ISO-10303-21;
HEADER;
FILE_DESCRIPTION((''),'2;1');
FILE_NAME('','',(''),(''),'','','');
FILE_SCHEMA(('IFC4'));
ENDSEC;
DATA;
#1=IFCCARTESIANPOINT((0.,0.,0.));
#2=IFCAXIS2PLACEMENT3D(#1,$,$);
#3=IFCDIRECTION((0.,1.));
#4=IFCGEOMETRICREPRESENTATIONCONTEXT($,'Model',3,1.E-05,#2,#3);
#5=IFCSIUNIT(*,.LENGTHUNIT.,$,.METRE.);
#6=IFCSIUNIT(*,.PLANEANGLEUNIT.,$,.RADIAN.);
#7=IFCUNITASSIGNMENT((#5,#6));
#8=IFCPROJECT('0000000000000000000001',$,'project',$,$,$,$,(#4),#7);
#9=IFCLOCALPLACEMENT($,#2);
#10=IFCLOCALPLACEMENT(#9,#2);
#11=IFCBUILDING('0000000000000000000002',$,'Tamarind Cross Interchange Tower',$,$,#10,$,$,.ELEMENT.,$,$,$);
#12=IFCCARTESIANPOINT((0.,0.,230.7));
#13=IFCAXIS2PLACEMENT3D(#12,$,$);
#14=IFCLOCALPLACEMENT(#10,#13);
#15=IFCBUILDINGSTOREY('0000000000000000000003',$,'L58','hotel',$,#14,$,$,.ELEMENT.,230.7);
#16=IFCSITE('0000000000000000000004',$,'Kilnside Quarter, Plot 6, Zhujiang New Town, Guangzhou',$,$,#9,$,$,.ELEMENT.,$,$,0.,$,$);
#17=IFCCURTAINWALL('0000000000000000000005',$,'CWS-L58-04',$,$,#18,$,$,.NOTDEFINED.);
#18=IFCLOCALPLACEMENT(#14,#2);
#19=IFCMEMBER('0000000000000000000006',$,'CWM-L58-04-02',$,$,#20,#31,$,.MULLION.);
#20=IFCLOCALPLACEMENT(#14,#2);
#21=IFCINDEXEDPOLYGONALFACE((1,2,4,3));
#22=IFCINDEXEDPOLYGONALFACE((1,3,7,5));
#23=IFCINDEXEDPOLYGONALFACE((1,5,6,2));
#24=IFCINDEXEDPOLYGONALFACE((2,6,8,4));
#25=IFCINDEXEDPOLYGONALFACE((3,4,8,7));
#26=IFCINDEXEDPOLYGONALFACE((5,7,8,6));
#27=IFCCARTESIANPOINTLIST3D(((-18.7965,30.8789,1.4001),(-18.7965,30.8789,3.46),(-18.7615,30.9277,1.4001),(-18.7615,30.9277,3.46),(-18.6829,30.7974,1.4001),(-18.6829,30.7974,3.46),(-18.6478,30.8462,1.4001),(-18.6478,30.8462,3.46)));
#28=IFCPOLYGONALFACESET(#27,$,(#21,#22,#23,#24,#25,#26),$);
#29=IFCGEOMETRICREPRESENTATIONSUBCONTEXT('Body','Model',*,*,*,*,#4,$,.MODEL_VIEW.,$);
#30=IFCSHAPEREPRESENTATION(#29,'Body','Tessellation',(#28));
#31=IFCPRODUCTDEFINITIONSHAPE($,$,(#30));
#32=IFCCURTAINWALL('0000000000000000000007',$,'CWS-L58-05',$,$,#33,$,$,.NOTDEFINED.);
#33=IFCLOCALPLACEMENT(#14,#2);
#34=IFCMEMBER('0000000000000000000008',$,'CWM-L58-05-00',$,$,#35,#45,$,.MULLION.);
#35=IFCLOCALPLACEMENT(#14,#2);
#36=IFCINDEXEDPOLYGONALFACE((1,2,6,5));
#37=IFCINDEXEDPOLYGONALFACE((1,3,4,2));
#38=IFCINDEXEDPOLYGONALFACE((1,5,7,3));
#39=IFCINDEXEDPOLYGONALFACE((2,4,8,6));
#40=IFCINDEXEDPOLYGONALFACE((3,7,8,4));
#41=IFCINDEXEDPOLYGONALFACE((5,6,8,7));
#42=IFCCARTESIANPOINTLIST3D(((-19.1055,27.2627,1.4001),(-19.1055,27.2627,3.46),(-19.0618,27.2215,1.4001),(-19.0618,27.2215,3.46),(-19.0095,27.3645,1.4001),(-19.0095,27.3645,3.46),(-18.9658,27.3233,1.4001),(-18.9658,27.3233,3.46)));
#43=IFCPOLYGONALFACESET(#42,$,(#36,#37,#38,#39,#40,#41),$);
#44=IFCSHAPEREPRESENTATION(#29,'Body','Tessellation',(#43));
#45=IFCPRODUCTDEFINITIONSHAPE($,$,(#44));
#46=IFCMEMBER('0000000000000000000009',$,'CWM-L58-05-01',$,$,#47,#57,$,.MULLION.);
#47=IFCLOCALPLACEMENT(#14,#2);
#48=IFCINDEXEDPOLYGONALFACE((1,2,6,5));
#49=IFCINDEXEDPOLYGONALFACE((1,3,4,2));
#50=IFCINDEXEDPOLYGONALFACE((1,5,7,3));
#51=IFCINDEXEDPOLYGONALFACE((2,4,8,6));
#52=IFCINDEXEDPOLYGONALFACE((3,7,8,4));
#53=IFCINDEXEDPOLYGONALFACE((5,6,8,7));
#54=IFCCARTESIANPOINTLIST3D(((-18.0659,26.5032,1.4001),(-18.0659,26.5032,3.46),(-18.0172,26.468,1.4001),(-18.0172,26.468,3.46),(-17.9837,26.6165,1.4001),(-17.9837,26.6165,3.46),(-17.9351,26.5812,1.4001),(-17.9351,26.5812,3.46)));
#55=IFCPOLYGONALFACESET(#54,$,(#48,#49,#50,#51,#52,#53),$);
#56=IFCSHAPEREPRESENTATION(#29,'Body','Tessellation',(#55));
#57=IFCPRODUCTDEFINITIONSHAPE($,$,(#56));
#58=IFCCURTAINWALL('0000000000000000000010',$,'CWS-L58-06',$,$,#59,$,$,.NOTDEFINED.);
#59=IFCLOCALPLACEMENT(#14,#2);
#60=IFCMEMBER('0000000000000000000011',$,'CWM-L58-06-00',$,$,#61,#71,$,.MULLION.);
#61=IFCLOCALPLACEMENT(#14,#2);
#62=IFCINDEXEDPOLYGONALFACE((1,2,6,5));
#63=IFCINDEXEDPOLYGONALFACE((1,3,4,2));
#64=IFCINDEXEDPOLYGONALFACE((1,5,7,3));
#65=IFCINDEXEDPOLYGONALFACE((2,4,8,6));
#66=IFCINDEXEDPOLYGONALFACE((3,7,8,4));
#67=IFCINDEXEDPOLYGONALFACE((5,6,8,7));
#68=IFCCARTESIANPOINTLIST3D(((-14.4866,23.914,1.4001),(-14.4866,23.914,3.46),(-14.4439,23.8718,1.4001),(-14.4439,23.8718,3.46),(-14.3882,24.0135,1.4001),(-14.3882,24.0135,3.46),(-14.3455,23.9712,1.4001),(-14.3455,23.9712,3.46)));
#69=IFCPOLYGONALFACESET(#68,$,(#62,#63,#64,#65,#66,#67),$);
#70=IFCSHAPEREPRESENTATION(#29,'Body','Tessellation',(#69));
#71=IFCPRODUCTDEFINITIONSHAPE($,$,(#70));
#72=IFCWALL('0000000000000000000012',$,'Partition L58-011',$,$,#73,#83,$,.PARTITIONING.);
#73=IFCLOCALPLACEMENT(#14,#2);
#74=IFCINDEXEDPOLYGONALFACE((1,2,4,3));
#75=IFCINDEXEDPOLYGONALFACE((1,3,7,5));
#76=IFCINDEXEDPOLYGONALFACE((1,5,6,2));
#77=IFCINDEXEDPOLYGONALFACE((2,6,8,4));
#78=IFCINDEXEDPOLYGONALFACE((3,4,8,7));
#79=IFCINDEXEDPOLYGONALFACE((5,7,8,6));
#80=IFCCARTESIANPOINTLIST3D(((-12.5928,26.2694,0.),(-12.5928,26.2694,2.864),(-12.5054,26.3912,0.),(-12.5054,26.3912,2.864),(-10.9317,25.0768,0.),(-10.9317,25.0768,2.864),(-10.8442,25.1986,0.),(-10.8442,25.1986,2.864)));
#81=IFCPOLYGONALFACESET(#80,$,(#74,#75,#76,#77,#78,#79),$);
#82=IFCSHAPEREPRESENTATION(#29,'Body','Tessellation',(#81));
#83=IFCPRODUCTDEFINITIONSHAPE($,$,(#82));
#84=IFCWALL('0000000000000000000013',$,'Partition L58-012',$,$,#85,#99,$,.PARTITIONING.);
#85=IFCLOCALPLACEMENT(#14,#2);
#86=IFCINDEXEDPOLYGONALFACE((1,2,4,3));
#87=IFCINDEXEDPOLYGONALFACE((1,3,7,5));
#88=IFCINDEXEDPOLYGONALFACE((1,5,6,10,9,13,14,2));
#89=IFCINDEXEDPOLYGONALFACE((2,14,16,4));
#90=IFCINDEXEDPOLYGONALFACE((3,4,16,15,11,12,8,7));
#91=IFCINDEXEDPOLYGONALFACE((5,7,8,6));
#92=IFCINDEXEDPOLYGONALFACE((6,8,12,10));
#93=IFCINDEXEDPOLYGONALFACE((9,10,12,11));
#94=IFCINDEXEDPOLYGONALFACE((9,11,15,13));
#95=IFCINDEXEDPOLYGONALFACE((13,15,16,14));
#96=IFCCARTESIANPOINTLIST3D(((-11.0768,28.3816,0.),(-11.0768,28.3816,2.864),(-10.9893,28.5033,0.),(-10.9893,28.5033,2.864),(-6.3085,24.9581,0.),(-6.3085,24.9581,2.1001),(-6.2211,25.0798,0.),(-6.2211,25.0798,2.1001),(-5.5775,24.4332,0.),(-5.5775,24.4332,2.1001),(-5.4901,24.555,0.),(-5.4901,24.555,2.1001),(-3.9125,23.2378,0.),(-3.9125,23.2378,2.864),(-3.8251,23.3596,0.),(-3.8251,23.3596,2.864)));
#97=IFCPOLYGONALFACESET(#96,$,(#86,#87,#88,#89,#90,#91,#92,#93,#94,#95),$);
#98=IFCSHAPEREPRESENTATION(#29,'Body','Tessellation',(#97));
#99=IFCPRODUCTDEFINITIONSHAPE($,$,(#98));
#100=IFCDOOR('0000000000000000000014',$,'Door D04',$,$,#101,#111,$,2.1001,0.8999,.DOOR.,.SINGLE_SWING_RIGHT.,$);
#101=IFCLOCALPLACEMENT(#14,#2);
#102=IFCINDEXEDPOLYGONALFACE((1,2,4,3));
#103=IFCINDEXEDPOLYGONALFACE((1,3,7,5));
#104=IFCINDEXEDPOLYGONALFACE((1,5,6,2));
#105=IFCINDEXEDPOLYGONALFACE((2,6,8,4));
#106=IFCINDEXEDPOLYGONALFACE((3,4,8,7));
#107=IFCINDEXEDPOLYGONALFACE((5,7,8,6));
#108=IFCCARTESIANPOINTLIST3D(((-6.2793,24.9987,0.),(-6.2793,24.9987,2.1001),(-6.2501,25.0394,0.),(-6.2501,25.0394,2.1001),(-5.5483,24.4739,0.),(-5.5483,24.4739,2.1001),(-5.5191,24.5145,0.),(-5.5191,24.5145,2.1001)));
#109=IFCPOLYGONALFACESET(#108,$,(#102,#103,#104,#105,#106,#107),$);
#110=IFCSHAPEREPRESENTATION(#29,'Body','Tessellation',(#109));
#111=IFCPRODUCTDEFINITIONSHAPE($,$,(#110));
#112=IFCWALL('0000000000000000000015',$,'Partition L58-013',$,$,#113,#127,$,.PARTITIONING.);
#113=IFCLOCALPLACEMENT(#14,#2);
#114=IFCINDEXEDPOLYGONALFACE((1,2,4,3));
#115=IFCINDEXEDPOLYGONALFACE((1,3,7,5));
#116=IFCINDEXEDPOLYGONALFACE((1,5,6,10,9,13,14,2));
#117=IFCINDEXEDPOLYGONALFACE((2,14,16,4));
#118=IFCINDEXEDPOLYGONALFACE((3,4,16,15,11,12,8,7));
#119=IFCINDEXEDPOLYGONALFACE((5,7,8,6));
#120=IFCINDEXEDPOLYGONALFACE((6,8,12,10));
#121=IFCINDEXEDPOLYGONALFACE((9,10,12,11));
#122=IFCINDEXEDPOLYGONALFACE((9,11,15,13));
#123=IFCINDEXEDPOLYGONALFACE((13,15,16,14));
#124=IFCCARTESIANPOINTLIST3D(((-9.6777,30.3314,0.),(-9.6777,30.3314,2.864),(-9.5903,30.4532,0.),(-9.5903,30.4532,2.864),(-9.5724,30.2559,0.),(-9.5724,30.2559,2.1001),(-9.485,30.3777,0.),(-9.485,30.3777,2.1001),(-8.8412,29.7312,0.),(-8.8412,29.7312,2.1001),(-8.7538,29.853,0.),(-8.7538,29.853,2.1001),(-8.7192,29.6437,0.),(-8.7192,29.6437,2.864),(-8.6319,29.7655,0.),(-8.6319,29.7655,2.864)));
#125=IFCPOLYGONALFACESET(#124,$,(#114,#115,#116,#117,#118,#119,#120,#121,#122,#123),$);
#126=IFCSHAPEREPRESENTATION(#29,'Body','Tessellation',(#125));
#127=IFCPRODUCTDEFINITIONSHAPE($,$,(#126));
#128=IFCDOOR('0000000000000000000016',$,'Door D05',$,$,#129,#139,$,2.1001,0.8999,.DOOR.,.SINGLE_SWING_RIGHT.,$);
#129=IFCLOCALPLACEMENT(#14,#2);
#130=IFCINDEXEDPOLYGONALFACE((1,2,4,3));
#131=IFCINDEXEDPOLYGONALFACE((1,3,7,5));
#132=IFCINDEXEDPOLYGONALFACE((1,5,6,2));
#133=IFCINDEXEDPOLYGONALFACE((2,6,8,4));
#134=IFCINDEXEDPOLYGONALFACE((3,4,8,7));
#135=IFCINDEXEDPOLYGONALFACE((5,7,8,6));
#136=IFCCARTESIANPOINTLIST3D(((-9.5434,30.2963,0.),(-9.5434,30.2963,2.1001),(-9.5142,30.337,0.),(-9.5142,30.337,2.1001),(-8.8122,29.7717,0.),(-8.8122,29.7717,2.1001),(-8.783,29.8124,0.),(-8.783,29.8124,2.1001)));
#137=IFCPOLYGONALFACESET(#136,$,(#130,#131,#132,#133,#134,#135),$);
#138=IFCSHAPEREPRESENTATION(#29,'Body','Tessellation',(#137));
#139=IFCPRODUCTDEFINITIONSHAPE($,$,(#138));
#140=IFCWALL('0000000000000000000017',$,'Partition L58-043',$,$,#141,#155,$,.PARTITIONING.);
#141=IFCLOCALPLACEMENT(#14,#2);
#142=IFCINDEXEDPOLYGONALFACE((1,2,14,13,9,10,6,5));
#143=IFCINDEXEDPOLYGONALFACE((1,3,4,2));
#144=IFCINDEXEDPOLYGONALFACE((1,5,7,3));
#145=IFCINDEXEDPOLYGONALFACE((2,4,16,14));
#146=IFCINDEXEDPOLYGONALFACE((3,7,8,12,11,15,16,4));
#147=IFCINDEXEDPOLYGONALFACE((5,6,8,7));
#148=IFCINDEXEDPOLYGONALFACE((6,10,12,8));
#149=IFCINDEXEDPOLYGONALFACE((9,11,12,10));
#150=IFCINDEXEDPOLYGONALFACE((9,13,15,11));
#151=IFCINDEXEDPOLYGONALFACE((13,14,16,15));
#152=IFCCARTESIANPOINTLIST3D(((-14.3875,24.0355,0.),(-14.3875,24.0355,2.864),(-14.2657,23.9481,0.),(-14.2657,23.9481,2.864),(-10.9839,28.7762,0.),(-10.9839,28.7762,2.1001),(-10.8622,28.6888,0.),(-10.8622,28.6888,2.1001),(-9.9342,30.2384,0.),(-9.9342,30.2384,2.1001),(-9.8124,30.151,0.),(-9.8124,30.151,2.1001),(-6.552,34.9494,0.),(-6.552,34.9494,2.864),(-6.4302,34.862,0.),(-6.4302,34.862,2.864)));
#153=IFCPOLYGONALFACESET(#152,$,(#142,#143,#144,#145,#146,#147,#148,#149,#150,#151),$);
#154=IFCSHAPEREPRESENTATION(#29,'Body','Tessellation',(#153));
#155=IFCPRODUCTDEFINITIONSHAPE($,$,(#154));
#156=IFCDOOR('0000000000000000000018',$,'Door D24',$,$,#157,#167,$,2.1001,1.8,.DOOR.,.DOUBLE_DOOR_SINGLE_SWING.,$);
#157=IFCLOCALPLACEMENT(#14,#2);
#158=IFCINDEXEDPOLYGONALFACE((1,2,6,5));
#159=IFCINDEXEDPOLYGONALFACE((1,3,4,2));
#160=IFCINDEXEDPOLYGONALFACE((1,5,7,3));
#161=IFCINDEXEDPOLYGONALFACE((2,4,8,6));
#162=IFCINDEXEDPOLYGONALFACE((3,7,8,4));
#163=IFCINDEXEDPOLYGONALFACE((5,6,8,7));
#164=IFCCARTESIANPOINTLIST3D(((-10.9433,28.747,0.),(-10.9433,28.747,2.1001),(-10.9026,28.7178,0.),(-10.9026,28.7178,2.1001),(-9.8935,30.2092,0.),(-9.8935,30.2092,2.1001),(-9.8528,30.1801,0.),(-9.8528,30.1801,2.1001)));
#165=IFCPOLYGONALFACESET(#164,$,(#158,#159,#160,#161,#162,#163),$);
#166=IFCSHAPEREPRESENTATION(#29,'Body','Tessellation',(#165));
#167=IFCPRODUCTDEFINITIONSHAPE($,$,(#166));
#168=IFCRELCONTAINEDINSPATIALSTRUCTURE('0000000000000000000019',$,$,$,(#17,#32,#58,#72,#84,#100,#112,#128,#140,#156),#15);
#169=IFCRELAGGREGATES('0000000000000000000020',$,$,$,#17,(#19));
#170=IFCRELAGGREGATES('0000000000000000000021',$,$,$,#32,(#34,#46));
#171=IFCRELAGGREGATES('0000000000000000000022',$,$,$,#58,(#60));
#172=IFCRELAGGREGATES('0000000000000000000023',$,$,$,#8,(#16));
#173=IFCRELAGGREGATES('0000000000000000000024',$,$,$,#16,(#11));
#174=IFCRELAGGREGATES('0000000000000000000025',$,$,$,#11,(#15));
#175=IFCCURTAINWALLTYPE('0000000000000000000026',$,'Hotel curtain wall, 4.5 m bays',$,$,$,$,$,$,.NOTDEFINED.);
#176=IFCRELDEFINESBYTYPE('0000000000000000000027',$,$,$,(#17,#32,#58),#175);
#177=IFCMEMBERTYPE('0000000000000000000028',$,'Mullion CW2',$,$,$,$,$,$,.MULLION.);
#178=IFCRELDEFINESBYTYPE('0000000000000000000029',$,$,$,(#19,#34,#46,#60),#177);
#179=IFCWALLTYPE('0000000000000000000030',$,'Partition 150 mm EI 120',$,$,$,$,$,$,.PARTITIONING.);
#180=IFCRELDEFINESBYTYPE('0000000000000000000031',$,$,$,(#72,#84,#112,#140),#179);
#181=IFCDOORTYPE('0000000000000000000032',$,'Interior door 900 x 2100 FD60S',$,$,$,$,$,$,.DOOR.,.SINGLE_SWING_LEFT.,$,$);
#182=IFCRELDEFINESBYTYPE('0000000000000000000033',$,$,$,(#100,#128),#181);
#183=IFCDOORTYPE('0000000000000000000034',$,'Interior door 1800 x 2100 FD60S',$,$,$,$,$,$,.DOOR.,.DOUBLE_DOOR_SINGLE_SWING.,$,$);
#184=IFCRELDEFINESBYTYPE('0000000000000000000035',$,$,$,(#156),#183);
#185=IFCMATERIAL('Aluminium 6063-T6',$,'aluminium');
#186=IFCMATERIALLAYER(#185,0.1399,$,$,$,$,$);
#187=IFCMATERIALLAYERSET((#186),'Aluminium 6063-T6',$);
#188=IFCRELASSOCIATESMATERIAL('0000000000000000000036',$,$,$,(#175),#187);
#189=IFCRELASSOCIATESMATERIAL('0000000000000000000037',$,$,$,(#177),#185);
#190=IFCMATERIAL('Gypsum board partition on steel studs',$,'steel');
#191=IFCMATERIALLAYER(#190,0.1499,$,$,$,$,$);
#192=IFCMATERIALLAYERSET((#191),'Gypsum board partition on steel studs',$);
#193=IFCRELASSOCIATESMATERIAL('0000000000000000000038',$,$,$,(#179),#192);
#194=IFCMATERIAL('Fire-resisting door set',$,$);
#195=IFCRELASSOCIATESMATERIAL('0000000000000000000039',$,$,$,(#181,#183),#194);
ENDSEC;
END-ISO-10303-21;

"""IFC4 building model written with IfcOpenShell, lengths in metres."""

from ifc_helpers import new_model, si_unit, direction, frame, frame_2d, origin, origin_2d, place, context, subcontext, project, spatial, rectangle, extrude, material, layer, layer_set, material_profile, profile_set, type_object, element, fill, aggregate, save


model = new_model("IFC4")

# Units and contexts
model_context = context("Model", 3, precision=1e-05, world=origin(), true_north=direction((0.0, 1.0)))
body_context = subcontext(model_context, "Body", "Model", "MODEL_VIEW")
ifc_project = project(units=[si_unit("LENGTHUNIT", "METRE"), si_unit("PLANEANGLEUNIT", "RADIAN")], contexts=[model_context])

# Site, building, storey
site_placement = place(None, origin())
site = spatial("IfcSite", under=ifc_project, at=site_placement, Name="Kilnside Quarter, Plot 6, Zhujiang New Town, Guangzhou", CompositionType="ELEMENT", RefElevation=0.0)
building_placement = place(site_placement, origin())
building = spatial("IfcBuilding", under=site, at=building_placement, Name="Tamarind Cross Interchange Tower", CompositionType="ELEMENT")
storey_placement = place(building_placement, frame((0.0, 0.0, 230.7)))
storey = spatial("IfcBuildingStorey", under=building, at=storey_placement, Name="L58", Description="hotel", CompositionType="ELEMENT", Elevation=230.7)

# Curtain walls, members
ifc_material_1 = material(Name="Aluminium 6063-T6", Category="aluminium")
ifc_layer_1 = layer(ifc_material_1, 0.1399)
ifc_layer_set_1 = layer_set([ifc_layer_1], Name="Aluminium 6063-T6")
curtain_wall_type = type_object("IfcCurtainWallType", Name="Hotel curtain wall, 4.5 m bays", PredefinedType="NOTDEFINED", material=ifc_layer_set_1)
ifc_material_profile_1 = material_profile(ifc_material_1, rectangle(XDim=0.0601, YDim=0.1399, at=origin_2d()), Name="Mullion CW2")
ifc_profile_set_1 = profile_set([ifc_material_profile_1], Name="Aluminium 6063-T6")
member_type = type_object("IfcMemberType", Name="Mullion CW2", PredefinedType="MULLION", material=ifc_profile_set_1)
curtain_wall_1_placement = place(storey_placement, origin())
curtain_wall_1 = element("IfcCurtainWall", 1, at=curtain_wall_1_placement, inside=storey, type_object=curtain_wall_type, Name="CWS-L58-04", PredefinedType="NOTDEFINED")
member_1_placement = place(storey_placement, frame((-18.7222, 30.8625, 1.4001), z_axis=(0.0, 0.0, 1.0), x_axis=(-0.583122, -0.812385, 0.0)))
member_1 = element("IfcMember", 2, at=member_1_placement, type_object=member_type, Name="CWM-L58-04-02", PredefinedType="MULLION", context=body_context, shape_type="SweptSolid", body=[
    extrude(rectangle(XDim=0.0601, YDim=0.1399, at=origin_2d()), origin(), (0.0, 0.0, 1.0), 2.0598),
])
aggregate(curtain_wall_1, [member_1])
curtain_wall_2_placement = place(storey_placement, origin())
curtain_wall_2 = element("IfcCurtainWall", 3, at=curtain_wall_2_placement, inside=storey, type_object=curtain_wall_type, Name="CWS-L58-05", PredefinedType="NOTDEFINED")
member_2_placement = place(storey_placement, frame((-19.0356, 27.293, 1.4001), z_axis=(0.0, 0.0, 1.0), x_axis=(0.727644, -0.685955, 0.0)))
member_2 = element("IfcMember", 4, at=member_2_placement, type_object=member_type, Name="CWM-L58-05-00", PredefinedType="MULLION", context=body_context, shape_type="SweptSolid", body=[
    extrude(rectangle(XDim=0.0601, YDim=0.1399, at=origin_2d()), origin(), (0.0, 0.0, 1.0), 2.0598),
])
member_3_placement = place(storey_placement, frame((-18.0005, 26.5422, 1.4001), z_axis=(0.0, 0.0, 1.0), x_axis=(0.809517, -0.587096, 0.0)))
member_3 = element("IfcMember", 5, at=member_3_placement, type_object=member_type, Name="CWM-L58-05-01", PredefinedType="MULLION", context=body_context, shape_type="SweptSolid", body=[
    extrude(rectangle(XDim=0.0601, YDim=0.1399, at=origin_2d()), origin(), (0.0, 0.0, 1.0), 2.0598),
])
aggregate(curtain_wall_2, [member_2, member_3])

# Curtain wall, member
curtain_wall_3_placement = place(storey_placement, origin())
curtain_wall_3 = element("IfcCurtainWall", 6, at=curtain_wall_3_placement, inside=storey, type_object=curtain_wall_type, Name="CWS-L58-06", PredefinedType="NOTDEFINED")
member_4_placement = place(storey_placement, frame((-14.416, 23.9426, 1.4001), z_axis=(0.0, 0.0, 1.0), x_axis=(0.711, -0.703192, 0.0)))
member_4 = element("IfcMember", 7, at=member_4_placement, type_object=member_type, Name="CWM-L58-06-00", PredefinedType="MULLION", context=body_context, shape_type="SweptSolid", body=[
    extrude(rectangle(XDim=0.0601, YDim=0.1399, at=origin_2d()), origin(), (0.0, 0.0, 1.0), 2.0598),
])
aggregate(curtain_wall_3, [member_4])

# Wall
ifc_material_2 = material(Name="Gypsum board partition on steel studs", Category="steel")
ifc_layer_2 = layer(ifc_material_2, 0.1499)
ifc_layer_set_2 = layer_set([ifc_layer_2], Name="Gypsum board partition on steel studs")
wall_type = type_object("IfcWallType", Name="Partition 150 mm EI 120", PredefinedType="PARTITIONING", material=ifc_layer_set_2)
wall_1_placement = place(storey_placement, frame((-12.5491, 26.3303, 0.0), z_axis=(0.0, 0.0, 1.0), x_axis=(0.812319, -0.583213, 0.0)))
element("IfcWall", 8, at=wall_1_placement, inside=storey, type_object=wall_type, Name="Partition L58-011", PredefinedType="PARTITIONING", context=body_context, shape_type="SweptSolid", body=[
    extrude(rectangle(XDim=2.0449, YDim=0.1499, at=frame_2d((1.0225, 0.0))), origin(), (0.0, 0.0, 1.0), 2.864),
])

# Walls, openings, doors
wall_2_placement = place(storey_placement, frame((-11.033, 28.4424, 0.0), z_axis=(0.0, 0.0, 1.0), x_axis=(0.812313, -0.583221, 0.0)))
wall_2 = element("IfcWall", 9, at=wall_2_placement, inside=storey, type_object=wall_type, Name="Partition L58-012", PredefinedType="PARTITIONING", context=body_context, shape_type="SweptSolid", body=[
    extrude(rectangle(XDim=8.8196, YDim=0.1499, at=frame_2d((4.4097, 0.0))), origin(), (0.0, 0.0, 1.0), 2.864),
])
opening_1_placement = place(wall_2_placement, frame((5.8699, 0.0, 0.0)))
opening_1 = element("IfcOpeningElement", 10, at=opening_1_placement, cuts=wall_2, PredefinedType="OPENING", context=body_context, shape_type="SweptSolid", body=[
    extrude(rectangle(XDim=0.8999, YDim=2.1001, at=frame_2d((0.45, 1.05))), frame((0.0, 0.085, 0.0), z_axis=(0.0, -1.0, 0.0), x_axis=(1.0, 0.0, 0.0)), (0.0, 0.0, 1.0), 0.1699),
])
ifc_material_3 = material(Name="Fire-resisting door set")
door_type_1 = type_object("IfcDoorType", Name="Interior door 900 x 2100 FD60S", OperationType="SINGLE_SWING_LEFT", PredefinedType="DOOR", material=ifc_material_3)
door_1_placement = place(opening_1_placement, frame((0.8999, 0.0, 0.0), z_axis=(0.0, 0.0, 1.0), x_axis=(-1.0, 0.0, 0.0)))
door_1 = element("IfcDoor", 11, at=door_1_placement, inside=storey, type_object=door_type_1, Name="Door D04", OperationType="SINGLE_SWING_RIGHT", OverallHeight=2.1001, OverallWidth=0.8999, PredefinedType="DOOR", context=body_context, shape_type="SweptSolid", body=[
    extrude(rectangle(XDim=0.8999, YDim=2.1001, at=frame_2d((0.45, 1.05))), frame((0.0, 0.0249, 0.0), z_axis=(0.0, -1.0, 0.0), x_axis=(1.0, 0.0, 0.0)), (0.0, 0.0, 1.0), 0.05),
])
fill(opening_1, door_1)
wall_3_placement = place(storey_placement, frame((-9.634, 30.3923, 0.0), z_axis=(0.0, 0.0, 1.0), x_axis=(0.812487, -0.582979, 0.0)))
wall_3 = element("IfcWall", 12, at=wall_3_placement, inside=storey, type_object=wall_type, Name="Partition L58-013", PredefinedType="PARTITIONING", context=body_context, shape_type="SweptSolid", body=[
    extrude(rectangle(XDim=1.1797, YDim=0.1499, at=frame_2d((0.5898, 0.0))), origin(), (0.0, 0.0, 1.0), 2.864),
])
opening_2_placement = place(wall_3_placement, frame((0.1296, 0.0, 0.0)))
opening_2 = element("IfcOpeningElement", 13, at=opening_2_placement, cuts=wall_3, PredefinedType="OPENING", context=body_context, shape_type="SweptSolid", body=[
    extrude(rectangle(XDim=0.8999, YDim=2.1001, at=frame_2d((0.45, 1.05))), frame((0.0, 0.085, 0.0), z_axis=(0.0, -1.0, 0.0), x_axis=(1.0, 0.0, 0.0)), (0.0, 0.0, 1.0), 0.1699),
])
door_2_placement = place(opening_2_placement, origin())
door_2 = element("IfcDoor", 14, at=door_2_placement, inside=storey, type_object=door_type_1, Name="Door D05", OperationType="SINGLE_SWING_RIGHT", OverallHeight=2.1001, OverallWidth=0.8999, PredefinedType="DOOR", context=body_context, shape_type="SweptSolid", body=[
    extrude(rectangle(XDim=0.8999, YDim=2.1001, at=frame_2d((0.45, 1.05))), frame((0.0, 0.0249, 0.0), z_axis=(0.0, -1.0, 0.0), x_axis=(1.0, 0.0, 0.0)), (0.0, 0.0, 1.0), 0.05),
])
fill(opening_2, door_2)
wall_4_placement = place(storey_placement, frame((-14.3267, 23.9917, 0.0), z_axis=(0.0, 0.0, 1.0), x_axis=(0.583201, 0.812328, 0.0)))
wall_4 = element("IfcWall", 15, at=wall_4_placement, inside=storey, type_object=wall_type, Name="Partition L58-043", PredefinedType="PARTITIONING", context=body_context, shape_type="SweptSolid", body=[
    extrude(rectangle(XDim=13.4353, YDim=0.1499, at=frame_2d((6.7178, 0.0))), origin(), (0.0, 0.0, 1.0), 2.864),
])
opening_3_placement = place(wall_4_placement, frame((5.8362, 0.0, 0.0)))
opening_3 = element("IfcOpeningElement", 16, at=opening_3_placement, cuts=wall_4, PredefinedType="OPENING", context=body_context, shape_type="SweptSolid", body=[
    extrude(rectangle(XDim=1.8, YDim=2.1001, at=frame_2d((0.8999, 1.05))), frame((0.0, 0.085, 0.0), z_axis=(0.0, -1.0, 0.0), x_axis=(1.0, 0.0, 0.0)), (0.0, 0.0, 1.0), 0.1699),
])
door_type_2 = type_object("IfcDoorType", Name="Interior door 1800 x 2100 FD60S", OperationType="DOUBLE_DOOR_SINGLE_SWING", PredefinedType="DOOR", material=ifc_material_3)
door_3_placement = place(opening_3_placement, origin())
door_3 = element("IfcDoor", 17, at=door_3_placement, inside=storey, type_object=door_type_2, Name="Door D24", OperationType="DOUBLE_DOOR_SINGLE_SWING", OverallHeight=2.1001, OverallWidth=1.8, PredefinedType="DOOR", context=body_context, shape_type="SweptSolid", body=[
    extrude(rectangle(XDim=1.8, YDim=2.1001, at=frame_2d((0.8999, 1.05))), frame((0.0, 0.0249, 0.0), z_axis=(0.0, -1.0, 0.0), x_axis=(1.0, 0.0, 0.0)), (0.0, 0.0, 1.0), 0.05),
])
fill(opening_3, door_3)

save(model, "model.ifc")
